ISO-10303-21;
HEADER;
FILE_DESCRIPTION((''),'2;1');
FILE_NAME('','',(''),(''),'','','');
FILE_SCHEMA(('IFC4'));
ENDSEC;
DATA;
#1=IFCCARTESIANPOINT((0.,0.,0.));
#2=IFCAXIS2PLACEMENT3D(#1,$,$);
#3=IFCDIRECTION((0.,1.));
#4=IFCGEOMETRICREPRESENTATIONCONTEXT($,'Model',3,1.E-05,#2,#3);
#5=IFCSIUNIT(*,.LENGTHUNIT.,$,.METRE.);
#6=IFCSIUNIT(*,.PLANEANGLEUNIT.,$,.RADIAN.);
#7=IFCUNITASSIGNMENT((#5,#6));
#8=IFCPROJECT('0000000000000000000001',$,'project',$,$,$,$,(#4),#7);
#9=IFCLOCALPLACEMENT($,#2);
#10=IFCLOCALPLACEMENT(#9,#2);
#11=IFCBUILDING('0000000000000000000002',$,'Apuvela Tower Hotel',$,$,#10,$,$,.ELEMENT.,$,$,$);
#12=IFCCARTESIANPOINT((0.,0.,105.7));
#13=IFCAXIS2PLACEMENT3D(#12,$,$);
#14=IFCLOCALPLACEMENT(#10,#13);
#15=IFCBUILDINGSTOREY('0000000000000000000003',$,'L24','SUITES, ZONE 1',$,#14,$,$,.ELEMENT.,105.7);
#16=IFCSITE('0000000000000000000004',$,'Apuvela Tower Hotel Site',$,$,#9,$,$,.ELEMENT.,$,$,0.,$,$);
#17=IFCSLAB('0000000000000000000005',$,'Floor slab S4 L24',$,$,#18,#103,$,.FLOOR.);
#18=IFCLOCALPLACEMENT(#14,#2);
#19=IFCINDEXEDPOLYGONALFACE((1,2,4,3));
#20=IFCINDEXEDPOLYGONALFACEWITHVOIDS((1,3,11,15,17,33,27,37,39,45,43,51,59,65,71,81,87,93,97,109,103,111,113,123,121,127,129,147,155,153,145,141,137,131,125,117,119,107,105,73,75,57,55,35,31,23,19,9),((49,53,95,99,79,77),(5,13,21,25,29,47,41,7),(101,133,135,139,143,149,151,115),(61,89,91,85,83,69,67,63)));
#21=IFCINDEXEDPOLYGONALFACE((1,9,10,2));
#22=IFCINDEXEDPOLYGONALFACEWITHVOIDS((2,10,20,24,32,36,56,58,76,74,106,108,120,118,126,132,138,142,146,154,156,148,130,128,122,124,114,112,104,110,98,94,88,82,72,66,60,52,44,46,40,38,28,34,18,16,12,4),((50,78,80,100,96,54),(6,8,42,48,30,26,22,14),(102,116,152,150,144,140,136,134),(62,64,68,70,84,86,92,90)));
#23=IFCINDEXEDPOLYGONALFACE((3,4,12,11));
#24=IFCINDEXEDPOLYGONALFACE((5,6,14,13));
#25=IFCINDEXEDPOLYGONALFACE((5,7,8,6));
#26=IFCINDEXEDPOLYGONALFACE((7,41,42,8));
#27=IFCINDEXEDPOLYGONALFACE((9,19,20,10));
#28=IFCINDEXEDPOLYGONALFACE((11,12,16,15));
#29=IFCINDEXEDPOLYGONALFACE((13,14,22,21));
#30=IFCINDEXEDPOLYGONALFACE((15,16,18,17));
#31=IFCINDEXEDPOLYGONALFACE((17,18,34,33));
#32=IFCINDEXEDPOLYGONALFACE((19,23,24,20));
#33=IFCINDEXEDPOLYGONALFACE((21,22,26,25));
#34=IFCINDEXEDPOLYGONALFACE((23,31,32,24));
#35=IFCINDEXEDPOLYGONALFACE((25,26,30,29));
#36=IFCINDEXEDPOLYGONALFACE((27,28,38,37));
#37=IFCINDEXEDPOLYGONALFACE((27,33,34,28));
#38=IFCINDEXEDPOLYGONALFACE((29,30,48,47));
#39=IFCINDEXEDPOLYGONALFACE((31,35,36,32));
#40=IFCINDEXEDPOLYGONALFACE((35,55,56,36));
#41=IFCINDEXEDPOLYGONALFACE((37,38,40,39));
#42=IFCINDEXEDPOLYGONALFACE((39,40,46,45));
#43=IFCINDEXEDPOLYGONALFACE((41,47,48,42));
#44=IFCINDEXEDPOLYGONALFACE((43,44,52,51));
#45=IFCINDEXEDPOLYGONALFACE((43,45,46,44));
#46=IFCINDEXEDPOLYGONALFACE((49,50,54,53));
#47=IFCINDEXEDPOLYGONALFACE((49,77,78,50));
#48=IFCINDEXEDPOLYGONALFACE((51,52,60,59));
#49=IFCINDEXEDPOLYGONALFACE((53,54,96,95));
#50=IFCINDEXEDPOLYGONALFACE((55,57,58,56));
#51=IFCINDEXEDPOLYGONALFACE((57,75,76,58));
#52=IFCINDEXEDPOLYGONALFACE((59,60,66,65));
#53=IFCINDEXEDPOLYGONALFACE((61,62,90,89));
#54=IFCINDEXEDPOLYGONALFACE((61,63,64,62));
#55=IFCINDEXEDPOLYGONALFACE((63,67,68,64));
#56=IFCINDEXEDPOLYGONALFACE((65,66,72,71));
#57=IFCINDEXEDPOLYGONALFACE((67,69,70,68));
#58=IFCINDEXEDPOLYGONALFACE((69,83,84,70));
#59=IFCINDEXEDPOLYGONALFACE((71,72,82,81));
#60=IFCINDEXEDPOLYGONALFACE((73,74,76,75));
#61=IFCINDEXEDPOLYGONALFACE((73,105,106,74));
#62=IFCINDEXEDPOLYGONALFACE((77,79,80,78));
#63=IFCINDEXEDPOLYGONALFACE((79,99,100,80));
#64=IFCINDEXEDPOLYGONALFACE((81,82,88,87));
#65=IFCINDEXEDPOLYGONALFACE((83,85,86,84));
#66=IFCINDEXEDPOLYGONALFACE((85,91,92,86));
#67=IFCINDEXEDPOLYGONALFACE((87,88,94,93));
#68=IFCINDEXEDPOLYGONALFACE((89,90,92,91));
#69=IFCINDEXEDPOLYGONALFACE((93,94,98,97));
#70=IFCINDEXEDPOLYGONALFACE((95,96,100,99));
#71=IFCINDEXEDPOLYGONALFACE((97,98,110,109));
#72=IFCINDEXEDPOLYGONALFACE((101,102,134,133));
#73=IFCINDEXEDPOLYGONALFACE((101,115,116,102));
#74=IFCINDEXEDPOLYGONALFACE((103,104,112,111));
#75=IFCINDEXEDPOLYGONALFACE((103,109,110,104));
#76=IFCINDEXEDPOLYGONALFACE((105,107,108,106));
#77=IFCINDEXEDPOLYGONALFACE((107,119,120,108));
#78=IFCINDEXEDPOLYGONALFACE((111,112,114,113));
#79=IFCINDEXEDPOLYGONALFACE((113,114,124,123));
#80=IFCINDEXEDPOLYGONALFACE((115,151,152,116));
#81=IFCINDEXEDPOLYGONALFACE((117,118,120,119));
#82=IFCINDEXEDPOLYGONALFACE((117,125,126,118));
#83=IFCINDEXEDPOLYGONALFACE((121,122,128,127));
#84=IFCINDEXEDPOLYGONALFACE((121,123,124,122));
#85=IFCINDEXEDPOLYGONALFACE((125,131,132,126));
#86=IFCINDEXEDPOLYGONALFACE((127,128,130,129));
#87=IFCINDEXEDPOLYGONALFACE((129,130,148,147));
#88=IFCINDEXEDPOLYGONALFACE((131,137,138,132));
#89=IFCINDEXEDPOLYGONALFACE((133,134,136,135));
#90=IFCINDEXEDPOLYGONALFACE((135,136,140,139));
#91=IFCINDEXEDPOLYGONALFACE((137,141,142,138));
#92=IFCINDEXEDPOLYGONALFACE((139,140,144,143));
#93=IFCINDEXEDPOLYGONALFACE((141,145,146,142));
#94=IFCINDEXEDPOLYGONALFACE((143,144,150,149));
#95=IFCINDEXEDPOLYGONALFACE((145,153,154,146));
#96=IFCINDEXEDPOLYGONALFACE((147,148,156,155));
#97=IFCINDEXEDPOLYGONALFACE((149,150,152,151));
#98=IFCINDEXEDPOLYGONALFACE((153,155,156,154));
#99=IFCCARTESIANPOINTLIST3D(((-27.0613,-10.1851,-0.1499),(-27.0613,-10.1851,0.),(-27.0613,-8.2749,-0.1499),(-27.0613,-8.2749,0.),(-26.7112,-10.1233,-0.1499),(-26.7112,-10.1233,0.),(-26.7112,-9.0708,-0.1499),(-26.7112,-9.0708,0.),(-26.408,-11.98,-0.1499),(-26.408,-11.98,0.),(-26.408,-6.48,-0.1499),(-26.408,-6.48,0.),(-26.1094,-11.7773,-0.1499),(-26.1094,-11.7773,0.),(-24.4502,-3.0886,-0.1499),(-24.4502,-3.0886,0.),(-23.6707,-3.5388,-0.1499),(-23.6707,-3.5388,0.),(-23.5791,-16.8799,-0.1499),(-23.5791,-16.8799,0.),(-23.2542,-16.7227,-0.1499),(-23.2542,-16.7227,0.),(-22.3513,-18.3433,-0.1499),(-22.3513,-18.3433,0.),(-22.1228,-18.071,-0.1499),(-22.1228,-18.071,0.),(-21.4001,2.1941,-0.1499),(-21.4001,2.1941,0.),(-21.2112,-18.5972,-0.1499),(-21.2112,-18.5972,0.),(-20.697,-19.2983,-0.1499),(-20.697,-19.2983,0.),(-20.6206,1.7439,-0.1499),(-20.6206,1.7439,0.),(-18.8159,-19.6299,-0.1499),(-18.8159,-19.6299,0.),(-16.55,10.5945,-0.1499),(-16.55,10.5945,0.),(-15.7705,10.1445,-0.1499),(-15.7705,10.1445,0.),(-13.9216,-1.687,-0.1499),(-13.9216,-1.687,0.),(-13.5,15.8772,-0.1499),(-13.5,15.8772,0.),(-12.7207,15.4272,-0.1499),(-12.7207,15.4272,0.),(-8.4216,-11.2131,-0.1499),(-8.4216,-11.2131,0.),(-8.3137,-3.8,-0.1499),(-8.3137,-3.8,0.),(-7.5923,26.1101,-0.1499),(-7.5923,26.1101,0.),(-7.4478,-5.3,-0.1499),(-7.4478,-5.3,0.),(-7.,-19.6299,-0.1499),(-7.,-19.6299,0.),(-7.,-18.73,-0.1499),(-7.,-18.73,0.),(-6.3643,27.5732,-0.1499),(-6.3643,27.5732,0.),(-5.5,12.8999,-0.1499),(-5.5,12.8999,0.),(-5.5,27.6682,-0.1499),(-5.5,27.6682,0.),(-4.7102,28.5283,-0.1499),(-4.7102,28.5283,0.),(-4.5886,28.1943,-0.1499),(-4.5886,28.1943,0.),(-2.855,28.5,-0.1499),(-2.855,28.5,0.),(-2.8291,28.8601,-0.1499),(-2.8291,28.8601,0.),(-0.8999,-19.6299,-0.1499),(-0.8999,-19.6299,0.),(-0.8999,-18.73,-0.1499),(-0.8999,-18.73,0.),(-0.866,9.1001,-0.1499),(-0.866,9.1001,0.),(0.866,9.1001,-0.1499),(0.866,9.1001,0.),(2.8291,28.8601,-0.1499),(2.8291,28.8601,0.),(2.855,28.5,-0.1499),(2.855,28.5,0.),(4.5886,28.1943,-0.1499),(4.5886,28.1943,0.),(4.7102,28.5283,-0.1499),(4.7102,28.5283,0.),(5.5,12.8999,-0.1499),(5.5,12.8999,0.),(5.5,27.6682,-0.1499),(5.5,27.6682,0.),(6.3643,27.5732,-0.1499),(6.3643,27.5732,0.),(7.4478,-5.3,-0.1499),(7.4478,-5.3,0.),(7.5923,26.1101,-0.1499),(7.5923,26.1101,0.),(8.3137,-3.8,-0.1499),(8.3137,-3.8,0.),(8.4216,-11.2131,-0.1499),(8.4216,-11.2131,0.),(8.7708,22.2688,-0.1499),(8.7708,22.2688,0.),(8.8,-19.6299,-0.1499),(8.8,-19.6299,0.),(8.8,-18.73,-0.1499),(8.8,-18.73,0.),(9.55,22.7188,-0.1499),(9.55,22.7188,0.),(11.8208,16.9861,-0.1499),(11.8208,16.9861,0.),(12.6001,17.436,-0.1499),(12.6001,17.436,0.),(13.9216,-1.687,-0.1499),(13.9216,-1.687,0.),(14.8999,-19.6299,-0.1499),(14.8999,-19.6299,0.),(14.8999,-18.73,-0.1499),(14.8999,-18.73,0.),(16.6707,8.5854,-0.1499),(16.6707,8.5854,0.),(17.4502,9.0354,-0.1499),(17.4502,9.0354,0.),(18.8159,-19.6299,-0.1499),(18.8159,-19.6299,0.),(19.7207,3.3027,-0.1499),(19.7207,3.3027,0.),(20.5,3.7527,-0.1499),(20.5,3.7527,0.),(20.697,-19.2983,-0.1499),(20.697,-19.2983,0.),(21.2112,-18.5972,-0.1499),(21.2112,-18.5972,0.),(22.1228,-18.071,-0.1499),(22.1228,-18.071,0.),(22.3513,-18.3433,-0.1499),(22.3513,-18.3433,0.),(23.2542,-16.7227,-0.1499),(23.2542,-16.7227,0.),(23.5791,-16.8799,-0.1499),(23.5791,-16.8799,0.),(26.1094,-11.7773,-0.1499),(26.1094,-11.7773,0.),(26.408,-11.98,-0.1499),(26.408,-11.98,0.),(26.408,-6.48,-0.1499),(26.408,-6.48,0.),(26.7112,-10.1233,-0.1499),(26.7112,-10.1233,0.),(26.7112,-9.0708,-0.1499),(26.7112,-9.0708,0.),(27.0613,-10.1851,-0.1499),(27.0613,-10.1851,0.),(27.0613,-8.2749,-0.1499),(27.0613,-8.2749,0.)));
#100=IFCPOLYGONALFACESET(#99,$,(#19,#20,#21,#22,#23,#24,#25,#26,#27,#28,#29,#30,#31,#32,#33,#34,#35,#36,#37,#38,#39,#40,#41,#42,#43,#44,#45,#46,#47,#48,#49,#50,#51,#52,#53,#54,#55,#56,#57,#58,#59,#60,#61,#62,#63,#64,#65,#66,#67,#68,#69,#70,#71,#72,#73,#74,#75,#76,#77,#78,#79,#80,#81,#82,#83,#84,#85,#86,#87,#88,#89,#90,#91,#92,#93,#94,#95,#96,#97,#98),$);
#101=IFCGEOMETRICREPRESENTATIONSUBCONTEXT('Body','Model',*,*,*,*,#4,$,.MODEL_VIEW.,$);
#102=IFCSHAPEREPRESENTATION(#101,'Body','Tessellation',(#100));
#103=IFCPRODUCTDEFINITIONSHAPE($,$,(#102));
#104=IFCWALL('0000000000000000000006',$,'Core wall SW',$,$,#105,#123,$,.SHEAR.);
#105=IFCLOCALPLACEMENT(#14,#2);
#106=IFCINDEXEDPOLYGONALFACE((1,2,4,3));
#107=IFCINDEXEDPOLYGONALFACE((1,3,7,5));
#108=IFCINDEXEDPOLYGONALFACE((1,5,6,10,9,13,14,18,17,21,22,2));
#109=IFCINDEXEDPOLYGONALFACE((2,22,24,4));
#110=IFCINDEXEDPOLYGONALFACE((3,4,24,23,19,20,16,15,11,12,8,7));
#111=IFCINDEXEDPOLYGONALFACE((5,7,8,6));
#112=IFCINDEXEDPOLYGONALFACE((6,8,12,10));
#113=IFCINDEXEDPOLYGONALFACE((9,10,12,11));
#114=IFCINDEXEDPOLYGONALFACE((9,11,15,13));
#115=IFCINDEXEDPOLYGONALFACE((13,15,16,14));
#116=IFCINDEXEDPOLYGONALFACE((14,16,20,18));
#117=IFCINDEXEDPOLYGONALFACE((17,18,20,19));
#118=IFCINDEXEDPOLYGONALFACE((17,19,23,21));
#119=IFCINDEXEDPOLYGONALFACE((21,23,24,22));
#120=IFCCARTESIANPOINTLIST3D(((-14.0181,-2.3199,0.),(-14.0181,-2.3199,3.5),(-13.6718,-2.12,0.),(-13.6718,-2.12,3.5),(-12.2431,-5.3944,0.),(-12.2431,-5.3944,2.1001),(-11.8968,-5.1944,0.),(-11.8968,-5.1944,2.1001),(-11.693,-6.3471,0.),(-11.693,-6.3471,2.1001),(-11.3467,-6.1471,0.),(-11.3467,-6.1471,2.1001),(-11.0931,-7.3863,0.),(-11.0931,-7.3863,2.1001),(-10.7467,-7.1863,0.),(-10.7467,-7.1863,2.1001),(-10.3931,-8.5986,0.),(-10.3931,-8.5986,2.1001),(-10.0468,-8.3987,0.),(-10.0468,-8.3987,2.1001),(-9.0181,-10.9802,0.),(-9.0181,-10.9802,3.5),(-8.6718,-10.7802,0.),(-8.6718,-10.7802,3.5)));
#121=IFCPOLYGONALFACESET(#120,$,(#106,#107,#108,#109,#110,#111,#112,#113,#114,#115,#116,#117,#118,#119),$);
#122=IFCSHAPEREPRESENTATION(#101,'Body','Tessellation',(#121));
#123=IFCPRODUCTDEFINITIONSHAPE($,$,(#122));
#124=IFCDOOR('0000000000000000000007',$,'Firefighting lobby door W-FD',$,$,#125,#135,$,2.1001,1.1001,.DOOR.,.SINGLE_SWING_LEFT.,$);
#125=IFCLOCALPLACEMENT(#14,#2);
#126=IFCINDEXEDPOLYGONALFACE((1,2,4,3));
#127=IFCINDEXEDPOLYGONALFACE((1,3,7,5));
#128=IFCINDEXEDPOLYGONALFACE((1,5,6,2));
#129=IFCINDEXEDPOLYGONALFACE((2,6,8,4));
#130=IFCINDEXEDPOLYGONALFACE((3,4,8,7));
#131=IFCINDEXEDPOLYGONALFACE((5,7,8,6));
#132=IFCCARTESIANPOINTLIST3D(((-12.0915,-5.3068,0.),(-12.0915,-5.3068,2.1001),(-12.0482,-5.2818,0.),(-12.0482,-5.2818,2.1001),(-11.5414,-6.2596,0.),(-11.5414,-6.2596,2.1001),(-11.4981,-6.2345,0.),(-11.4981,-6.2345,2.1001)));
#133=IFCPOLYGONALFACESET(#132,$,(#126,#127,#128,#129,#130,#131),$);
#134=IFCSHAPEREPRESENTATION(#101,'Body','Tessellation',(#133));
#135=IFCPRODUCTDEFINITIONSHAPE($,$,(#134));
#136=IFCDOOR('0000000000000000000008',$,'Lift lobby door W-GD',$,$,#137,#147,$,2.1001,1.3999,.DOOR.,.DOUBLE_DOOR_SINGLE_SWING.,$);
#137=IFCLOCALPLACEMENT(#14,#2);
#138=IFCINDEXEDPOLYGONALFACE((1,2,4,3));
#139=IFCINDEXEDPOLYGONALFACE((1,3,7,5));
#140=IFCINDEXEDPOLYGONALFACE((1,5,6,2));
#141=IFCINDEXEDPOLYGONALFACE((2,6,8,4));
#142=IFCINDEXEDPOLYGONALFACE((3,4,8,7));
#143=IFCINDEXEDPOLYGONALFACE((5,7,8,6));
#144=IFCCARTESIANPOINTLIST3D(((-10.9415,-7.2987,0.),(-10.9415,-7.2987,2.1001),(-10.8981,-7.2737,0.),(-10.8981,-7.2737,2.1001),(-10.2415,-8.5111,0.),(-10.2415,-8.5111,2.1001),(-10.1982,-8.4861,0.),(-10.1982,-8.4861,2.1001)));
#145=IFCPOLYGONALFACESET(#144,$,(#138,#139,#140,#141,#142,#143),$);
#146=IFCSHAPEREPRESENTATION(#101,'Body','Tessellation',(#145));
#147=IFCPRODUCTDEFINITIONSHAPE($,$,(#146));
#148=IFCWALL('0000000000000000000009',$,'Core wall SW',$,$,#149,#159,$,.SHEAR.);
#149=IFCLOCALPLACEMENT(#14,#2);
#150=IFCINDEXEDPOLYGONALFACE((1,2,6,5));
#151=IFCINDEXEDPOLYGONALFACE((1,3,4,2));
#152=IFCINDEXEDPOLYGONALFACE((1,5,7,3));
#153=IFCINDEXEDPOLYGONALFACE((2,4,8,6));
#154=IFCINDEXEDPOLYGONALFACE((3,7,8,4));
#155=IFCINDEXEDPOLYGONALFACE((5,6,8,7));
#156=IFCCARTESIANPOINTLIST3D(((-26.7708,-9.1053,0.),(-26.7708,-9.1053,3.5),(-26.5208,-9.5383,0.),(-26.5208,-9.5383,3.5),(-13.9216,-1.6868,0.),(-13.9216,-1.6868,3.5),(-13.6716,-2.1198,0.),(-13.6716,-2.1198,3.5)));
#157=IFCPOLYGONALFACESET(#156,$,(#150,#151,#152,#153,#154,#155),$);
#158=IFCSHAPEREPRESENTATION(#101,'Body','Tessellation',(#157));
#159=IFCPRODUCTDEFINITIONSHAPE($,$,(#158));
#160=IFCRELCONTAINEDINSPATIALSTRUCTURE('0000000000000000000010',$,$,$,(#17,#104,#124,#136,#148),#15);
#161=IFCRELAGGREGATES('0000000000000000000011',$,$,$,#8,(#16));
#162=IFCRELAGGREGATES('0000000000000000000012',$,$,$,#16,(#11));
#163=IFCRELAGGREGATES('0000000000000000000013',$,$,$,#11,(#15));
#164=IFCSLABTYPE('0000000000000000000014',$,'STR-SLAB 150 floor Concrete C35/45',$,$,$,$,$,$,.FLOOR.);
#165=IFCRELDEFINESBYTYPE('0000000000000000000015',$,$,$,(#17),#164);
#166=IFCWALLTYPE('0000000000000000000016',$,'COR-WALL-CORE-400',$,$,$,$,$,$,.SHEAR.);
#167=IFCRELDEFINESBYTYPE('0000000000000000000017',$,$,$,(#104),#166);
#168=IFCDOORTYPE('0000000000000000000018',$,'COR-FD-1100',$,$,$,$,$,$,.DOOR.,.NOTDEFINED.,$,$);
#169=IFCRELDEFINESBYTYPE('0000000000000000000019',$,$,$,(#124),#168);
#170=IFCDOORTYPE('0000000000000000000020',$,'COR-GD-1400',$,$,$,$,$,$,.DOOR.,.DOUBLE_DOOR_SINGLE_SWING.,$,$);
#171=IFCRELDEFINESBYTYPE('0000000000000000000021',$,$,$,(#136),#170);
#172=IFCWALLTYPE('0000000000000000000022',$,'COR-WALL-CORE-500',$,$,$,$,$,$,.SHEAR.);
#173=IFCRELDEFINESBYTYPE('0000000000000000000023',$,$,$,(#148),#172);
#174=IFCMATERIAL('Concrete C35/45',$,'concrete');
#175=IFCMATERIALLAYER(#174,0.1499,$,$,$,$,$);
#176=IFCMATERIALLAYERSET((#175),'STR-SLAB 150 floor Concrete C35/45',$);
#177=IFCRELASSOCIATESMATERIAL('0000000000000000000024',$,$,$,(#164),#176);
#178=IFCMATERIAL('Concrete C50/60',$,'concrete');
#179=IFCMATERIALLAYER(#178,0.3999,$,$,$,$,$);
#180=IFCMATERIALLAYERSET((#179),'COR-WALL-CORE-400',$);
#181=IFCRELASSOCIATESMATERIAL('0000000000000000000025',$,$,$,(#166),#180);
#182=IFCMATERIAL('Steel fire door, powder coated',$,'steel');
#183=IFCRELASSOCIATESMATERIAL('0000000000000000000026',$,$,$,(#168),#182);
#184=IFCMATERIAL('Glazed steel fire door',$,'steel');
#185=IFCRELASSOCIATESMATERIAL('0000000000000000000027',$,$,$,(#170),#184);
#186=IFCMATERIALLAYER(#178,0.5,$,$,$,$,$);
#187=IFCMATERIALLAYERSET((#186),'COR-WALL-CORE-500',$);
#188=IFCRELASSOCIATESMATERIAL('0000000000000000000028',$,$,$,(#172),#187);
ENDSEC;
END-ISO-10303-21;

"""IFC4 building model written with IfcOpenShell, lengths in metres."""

from ifc_helpers import new_model, si_unit, direction, frame, frame_2d, origin, place, context, subcontext, project, spatial, polyline, rectangle, outline, extrude, material, layer, layer_set, type_object, element, fill, save


model = new_model("IFC4")

# Units and contexts
model_context = context("Model", 3, precision=1e-05, world=origin(), true_north=direction((0.0, 1.0)))
body_context = subcontext(model_context, "Body", "Model", "MODEL_VIEW")
ifc_project = project(units=[si_unit("LENGTHUNIT", "METRE"), si_unit("PLANEANGLEUNIT", "RADIAN")], contexts=[model_context])

# Site, building, storey
site_placement = place(None, origin())
site = spatial("IfcSite", under=ifc_project, at=site_placement, Name="Apuvela Tower Hotel Site", CompositionType="ELEMENT", RefElevation=0.0)
building_placement = place(site_placement, origin())
building = spatial("IfcBuilding", under=site, at=building_placement, Name="Apuvela Tower Hotel", CompositionType="ELEMENT")
storey_placement = place(building_placement, frame((0.0, 0.0, 105.7)))
storey = spatial("IfcBuildingStorey", under=building, at=storey_placement, Name="L24", Description="SUITES, ZONE 1", CompositionType="ELEMENT", Elevation=105.7)

# Slab
ifc_material_1 = material(Name="Concrete C35/45", Category="concrete")
ifc_layer_1 = layer(ifc_material_1, 0.1499)
ifc_layer_set_1 = layer_set([ifc_layer_1], Name="STR-SLAB 150 floor Concrete C35/45")
slab_type_1 = type_object("IfcSlabType", Name="STR-SLAB 150 floor Concrete C35/45", PredefinedType="FLOOR", material=ifc_layer_set_1)
slab_1_placement = place(storey_placement, frame((0.0, 0.0, -0.1499)))
element("IfcSlab", 1, at=slab_1_placement, inside=storey, type_object=slab_type_1, Name="Floor slab S4 L24", PredefinedType="FLOOR", context=body_context, shape_type="SweptSolid", body=[
    extrude(outline(polyline([(-6.3643, 27.5732), (-4.7102, 28.5283), (-2.8291, 28.8601), (2.8291, 28.8601), (4.7102, 28.5283), (6.3643, 27.5732), (7.5923, 26.1101), (9.55, 22.7188), (8.7708, 22.2688), (11.8208, 16.9861), (12.6001, 17.436), (17.4502, 9.0354), (16.6707, 8.5854), (19.7207, 3.3027), (20.5, 3.7527), (26.408, -6.48), (27.0613, -8.2749), (27.0613, -10.1851), (26.408, -11.98), (23.5791, -16.8799), (22.3513, -18.3433), (20.697, -19.2983), (18.8159, -19.6299), (14.8999, -19.6299), (14.8999, -18.73), (8.8, -18.73), (8.8, -19.6299), (-0.8999, -19.6299), (-0.8999, -18.73), (-7.0, -18.73), (-7.0, -19.6299), (-18.8159, -19.6299), (-20.697, -19.2983), (-22.3513, -18.3433), (-23.5791, -16.8799), (-26.408, -11.98), (-27.0613, -10.1851), (-27.0613, -8.2749), (-26.408, -6.48), (-24.4502, -3.0886), (-23.6707, -3.5388), (-20.6206, 1.7439), (-21.4001, 2.1941), (-16.55, 10.5945), (-15.7705, 10.1445), (-12.7207, 15.4272), (-13.5, 15.8772), (-7.5923, 26.1101), (-6.3643, 27.5732)]), holes=[polyline([(0.866, 9.1001), (-0.866, 9.1001), (-8.3137, -3.8), (-7.4478, -5.3), (7.4478, -5.3), (8.3137, -3.8), (0.866, 9.1001)]), polyline([(-5.5, 12.8999), (-5.5, 27.6682), (-4.5886, 28.1943), (-2.855, 28.5), (2.855, 28.5), (4.5886, 28.1943), (5.5, 27.6682), (5.5, 12.8999), (-5.5, 12.8999)]), polyline([(-8.4216, -11.2131), (-21.2112, -18.5972), (-22.1228, -18.071), (-23.2542, -16.7227), (-26.1094, -11.7773), (-26.7112, -10.1233), (-26.7112, -9.0708), (-13.9216, -1.687), (-8.4216, -11.2131)]), polyline([(13.9216, -1.687), (26.7112, -9.0708), (26.7112, -10.1233), (26.1094, -11.7773), (23.2542, -16.7227), (22.1228, -18.071), (21.2112, -18.5972), (8.4216, -11.2131), (13.9216, -1.687)])]), origin(), (0.0, 0.0, 1.0), 0.1499),
])

# Wall, openings, doors
ifc_material_2 = material(Name="Concrete C50/60", Category="concrete")
ifc_layer_2 = layer(ifc_material_2, 0.3999)
ifc_layer_set_2 = layer_set([ifc_layer_2], Name="COR-WALL-CORE-400")
wall_type_1 = type_object("IfcWallType", Name="COR-WALL-CORE-400", PredefinedType="SHEAR", material=ifc_layer_set_2)
wall_1_placement = place(storey_placement, frame((-13.845, -2.22, 0.0), z_axis=(0.0, 0.0, 1.0), x_axis=(0.500004, -0.866023, 0.0)))
wall_1 = element("IfcWall", 2, at=wall_1_placement, inside=storey, type_object=wall_type_1, Name="Core wall SW", PredefinedType="SHEAR", context=body_context, shape_type="SweptSolid", body=[
    extrude(rectangle(XDim=10.0, YDim=0.3999, at=frame_2d((5.0, 0.0))), origin(), (0.0, 0.0, 1.0), 3.5),
])
opening_1_placement = place(wall_1_placement, frame((3.55, 0.0, 0.0)))
opening_1 = element("IfcOpeningElement", 3, at=opening_1_placement, cuts=wall_1, PredefinedType="OPENING", context=body_context, shape_type="SweptSolid", body=[
    extrude(rectangle(XDim=1.1001, YDim=2.1001, at=frame_2d((0.55, 1.05))), frame((0.0, 0.21, 0.0), z_axis=(0.0, -1.0, 0.0), x_axis=(1.0, 0.0, 0.0)), (0.0, 0.0, 1.0), 0.4199),
])
opening_2_placement = place(wall_1_placement, frame((5.8501, 0.0, 0.0)))
opening_2 = element("IfcOpeningElement", 4, at=opening_2_placement, cuts=wall_1, PredefinedType="OPENING", context=body_context, shape_type="SweptSolid", body=[
    extrude(rectangle(XDim=1.3999, YDim=2.1001, at=frame_2d((0.7, 1.05))), frame((0.0, 0.21, 0.0), z_axis=(0.0, -1.0, 0.0), x_axis=(1.0, 0.0, 0.0)), (0.0, 0.0, 1.0), 0.4199),
])
ifc_material_3 = material(Name="Steel fire door, powder coated", Category="steel")
door_type_1 = type_object("IfcDoorType", Name="COR-FD-1100", OperationType="NOTDEFINED", PredefinedType="DOOR", material=ifc_material_3)
door_1_placement = place(opening_1_placement, frame((1.1001, 0.0, 0.0), z_axis=(0.0, 0.0, 1.0), x_axis=(-1.0, 0.0, 0.0)))
door_1 = element("IfcDoor", 5, at=door_1_placement, inside=storey, type_object=door_type_1, Name="Firefighting lobby door W-FD", OperationType="SINGLE_SWING_LEFT", OverallHeight=2.1001, OverallWidth=1.1001, PredefinedType="DOOR", context=body_context, shape_type="SweptSolid", body=[
    extrude(rectangle(XDim=1.1001, YDim=2.1001, at=frame_2d((0.55, 1.05))), frame((0.0, 0.0249, 0.0), z_axis=(0.0, -1.0, 0.0), x_axis=(1.0, 0.0, 0.0)), (0.0, 0.0, 1.0), 0.05),
])
fill(opening_1, door_1)
ifc_material_4 = material(Name="Glazed steel fire door", Category="steel")
door_type_2 = type_object("IfcDoorType", Name="COR-GD-1400", OperationType="DOUBLE_DOOR_SINGLE_SWING", PredefinedType="DOOR", material=ifc_material_4)
door_2_placement = place(opening_2_placement, frame((1.3999, 0.0, 0.0), z_axis=(0.0, 0.0, 1.0), x_axis=(-1.0, 0.0, 0.0)))
door_2 = element("IfcDoor", 6, at=door_2_placement, inside=storey, type_object=door_type_2, Name="Lift lobby door W-GD", OperationType="DOUBLE_DOOR_SINGLE_SWING", OverallHeight=2.1001, OverallWidth=1.3999, PredefinedType="DOOR", context=body_context, shape_type="SweptSolid", body=[
    extrude(rectangle(XDim=1.3999, YDim=2.1001, at=frame_2d((0.7, 1.05))), frame((0.0, 0.0249, 0.0), z_axis=(0.0, -1.0, 0.0), x_axis=(1.0, 0.0, 0.0)), (0.0, 0.0, 1.0), 0.05),
])
fill(opening_2, door_2)

# Wall
ifc_layer_3 = layer(ifc_material_2, 0.5)
ifc_layer_set_3 = layer_set([ifc_layer_3], Name="COR-WALL-CORE-500")
wall_type_2 = type_object("IfcWallType", Name="COR-WALL-CORE-500", PredefinedType="SHEAR", material=ifc_layer_set_3)
wall_2_placement = place(storey_placement, frame((-13.7966, -1.9033, 0.0), z_axis=(0.0, 0.0, 1.0), x_axis=(-0.866025, -0.500001, 0.0)))
element("IfcWall", 7, at=wall_2_placement, inside=storey, type_object=wall_type_2, Name="Core wall SW", PredefinedType="SHEAR", context=body_context, shape_type="SweptSolid", body=[
    extrude(rectangle(XDim=14.8369, YDim=0.5, at=frame_2d((7.4185, 0.0))), origin(), (0.0, 0.0, 1.0), 3.5),
])

save(model, "model.ifc")
